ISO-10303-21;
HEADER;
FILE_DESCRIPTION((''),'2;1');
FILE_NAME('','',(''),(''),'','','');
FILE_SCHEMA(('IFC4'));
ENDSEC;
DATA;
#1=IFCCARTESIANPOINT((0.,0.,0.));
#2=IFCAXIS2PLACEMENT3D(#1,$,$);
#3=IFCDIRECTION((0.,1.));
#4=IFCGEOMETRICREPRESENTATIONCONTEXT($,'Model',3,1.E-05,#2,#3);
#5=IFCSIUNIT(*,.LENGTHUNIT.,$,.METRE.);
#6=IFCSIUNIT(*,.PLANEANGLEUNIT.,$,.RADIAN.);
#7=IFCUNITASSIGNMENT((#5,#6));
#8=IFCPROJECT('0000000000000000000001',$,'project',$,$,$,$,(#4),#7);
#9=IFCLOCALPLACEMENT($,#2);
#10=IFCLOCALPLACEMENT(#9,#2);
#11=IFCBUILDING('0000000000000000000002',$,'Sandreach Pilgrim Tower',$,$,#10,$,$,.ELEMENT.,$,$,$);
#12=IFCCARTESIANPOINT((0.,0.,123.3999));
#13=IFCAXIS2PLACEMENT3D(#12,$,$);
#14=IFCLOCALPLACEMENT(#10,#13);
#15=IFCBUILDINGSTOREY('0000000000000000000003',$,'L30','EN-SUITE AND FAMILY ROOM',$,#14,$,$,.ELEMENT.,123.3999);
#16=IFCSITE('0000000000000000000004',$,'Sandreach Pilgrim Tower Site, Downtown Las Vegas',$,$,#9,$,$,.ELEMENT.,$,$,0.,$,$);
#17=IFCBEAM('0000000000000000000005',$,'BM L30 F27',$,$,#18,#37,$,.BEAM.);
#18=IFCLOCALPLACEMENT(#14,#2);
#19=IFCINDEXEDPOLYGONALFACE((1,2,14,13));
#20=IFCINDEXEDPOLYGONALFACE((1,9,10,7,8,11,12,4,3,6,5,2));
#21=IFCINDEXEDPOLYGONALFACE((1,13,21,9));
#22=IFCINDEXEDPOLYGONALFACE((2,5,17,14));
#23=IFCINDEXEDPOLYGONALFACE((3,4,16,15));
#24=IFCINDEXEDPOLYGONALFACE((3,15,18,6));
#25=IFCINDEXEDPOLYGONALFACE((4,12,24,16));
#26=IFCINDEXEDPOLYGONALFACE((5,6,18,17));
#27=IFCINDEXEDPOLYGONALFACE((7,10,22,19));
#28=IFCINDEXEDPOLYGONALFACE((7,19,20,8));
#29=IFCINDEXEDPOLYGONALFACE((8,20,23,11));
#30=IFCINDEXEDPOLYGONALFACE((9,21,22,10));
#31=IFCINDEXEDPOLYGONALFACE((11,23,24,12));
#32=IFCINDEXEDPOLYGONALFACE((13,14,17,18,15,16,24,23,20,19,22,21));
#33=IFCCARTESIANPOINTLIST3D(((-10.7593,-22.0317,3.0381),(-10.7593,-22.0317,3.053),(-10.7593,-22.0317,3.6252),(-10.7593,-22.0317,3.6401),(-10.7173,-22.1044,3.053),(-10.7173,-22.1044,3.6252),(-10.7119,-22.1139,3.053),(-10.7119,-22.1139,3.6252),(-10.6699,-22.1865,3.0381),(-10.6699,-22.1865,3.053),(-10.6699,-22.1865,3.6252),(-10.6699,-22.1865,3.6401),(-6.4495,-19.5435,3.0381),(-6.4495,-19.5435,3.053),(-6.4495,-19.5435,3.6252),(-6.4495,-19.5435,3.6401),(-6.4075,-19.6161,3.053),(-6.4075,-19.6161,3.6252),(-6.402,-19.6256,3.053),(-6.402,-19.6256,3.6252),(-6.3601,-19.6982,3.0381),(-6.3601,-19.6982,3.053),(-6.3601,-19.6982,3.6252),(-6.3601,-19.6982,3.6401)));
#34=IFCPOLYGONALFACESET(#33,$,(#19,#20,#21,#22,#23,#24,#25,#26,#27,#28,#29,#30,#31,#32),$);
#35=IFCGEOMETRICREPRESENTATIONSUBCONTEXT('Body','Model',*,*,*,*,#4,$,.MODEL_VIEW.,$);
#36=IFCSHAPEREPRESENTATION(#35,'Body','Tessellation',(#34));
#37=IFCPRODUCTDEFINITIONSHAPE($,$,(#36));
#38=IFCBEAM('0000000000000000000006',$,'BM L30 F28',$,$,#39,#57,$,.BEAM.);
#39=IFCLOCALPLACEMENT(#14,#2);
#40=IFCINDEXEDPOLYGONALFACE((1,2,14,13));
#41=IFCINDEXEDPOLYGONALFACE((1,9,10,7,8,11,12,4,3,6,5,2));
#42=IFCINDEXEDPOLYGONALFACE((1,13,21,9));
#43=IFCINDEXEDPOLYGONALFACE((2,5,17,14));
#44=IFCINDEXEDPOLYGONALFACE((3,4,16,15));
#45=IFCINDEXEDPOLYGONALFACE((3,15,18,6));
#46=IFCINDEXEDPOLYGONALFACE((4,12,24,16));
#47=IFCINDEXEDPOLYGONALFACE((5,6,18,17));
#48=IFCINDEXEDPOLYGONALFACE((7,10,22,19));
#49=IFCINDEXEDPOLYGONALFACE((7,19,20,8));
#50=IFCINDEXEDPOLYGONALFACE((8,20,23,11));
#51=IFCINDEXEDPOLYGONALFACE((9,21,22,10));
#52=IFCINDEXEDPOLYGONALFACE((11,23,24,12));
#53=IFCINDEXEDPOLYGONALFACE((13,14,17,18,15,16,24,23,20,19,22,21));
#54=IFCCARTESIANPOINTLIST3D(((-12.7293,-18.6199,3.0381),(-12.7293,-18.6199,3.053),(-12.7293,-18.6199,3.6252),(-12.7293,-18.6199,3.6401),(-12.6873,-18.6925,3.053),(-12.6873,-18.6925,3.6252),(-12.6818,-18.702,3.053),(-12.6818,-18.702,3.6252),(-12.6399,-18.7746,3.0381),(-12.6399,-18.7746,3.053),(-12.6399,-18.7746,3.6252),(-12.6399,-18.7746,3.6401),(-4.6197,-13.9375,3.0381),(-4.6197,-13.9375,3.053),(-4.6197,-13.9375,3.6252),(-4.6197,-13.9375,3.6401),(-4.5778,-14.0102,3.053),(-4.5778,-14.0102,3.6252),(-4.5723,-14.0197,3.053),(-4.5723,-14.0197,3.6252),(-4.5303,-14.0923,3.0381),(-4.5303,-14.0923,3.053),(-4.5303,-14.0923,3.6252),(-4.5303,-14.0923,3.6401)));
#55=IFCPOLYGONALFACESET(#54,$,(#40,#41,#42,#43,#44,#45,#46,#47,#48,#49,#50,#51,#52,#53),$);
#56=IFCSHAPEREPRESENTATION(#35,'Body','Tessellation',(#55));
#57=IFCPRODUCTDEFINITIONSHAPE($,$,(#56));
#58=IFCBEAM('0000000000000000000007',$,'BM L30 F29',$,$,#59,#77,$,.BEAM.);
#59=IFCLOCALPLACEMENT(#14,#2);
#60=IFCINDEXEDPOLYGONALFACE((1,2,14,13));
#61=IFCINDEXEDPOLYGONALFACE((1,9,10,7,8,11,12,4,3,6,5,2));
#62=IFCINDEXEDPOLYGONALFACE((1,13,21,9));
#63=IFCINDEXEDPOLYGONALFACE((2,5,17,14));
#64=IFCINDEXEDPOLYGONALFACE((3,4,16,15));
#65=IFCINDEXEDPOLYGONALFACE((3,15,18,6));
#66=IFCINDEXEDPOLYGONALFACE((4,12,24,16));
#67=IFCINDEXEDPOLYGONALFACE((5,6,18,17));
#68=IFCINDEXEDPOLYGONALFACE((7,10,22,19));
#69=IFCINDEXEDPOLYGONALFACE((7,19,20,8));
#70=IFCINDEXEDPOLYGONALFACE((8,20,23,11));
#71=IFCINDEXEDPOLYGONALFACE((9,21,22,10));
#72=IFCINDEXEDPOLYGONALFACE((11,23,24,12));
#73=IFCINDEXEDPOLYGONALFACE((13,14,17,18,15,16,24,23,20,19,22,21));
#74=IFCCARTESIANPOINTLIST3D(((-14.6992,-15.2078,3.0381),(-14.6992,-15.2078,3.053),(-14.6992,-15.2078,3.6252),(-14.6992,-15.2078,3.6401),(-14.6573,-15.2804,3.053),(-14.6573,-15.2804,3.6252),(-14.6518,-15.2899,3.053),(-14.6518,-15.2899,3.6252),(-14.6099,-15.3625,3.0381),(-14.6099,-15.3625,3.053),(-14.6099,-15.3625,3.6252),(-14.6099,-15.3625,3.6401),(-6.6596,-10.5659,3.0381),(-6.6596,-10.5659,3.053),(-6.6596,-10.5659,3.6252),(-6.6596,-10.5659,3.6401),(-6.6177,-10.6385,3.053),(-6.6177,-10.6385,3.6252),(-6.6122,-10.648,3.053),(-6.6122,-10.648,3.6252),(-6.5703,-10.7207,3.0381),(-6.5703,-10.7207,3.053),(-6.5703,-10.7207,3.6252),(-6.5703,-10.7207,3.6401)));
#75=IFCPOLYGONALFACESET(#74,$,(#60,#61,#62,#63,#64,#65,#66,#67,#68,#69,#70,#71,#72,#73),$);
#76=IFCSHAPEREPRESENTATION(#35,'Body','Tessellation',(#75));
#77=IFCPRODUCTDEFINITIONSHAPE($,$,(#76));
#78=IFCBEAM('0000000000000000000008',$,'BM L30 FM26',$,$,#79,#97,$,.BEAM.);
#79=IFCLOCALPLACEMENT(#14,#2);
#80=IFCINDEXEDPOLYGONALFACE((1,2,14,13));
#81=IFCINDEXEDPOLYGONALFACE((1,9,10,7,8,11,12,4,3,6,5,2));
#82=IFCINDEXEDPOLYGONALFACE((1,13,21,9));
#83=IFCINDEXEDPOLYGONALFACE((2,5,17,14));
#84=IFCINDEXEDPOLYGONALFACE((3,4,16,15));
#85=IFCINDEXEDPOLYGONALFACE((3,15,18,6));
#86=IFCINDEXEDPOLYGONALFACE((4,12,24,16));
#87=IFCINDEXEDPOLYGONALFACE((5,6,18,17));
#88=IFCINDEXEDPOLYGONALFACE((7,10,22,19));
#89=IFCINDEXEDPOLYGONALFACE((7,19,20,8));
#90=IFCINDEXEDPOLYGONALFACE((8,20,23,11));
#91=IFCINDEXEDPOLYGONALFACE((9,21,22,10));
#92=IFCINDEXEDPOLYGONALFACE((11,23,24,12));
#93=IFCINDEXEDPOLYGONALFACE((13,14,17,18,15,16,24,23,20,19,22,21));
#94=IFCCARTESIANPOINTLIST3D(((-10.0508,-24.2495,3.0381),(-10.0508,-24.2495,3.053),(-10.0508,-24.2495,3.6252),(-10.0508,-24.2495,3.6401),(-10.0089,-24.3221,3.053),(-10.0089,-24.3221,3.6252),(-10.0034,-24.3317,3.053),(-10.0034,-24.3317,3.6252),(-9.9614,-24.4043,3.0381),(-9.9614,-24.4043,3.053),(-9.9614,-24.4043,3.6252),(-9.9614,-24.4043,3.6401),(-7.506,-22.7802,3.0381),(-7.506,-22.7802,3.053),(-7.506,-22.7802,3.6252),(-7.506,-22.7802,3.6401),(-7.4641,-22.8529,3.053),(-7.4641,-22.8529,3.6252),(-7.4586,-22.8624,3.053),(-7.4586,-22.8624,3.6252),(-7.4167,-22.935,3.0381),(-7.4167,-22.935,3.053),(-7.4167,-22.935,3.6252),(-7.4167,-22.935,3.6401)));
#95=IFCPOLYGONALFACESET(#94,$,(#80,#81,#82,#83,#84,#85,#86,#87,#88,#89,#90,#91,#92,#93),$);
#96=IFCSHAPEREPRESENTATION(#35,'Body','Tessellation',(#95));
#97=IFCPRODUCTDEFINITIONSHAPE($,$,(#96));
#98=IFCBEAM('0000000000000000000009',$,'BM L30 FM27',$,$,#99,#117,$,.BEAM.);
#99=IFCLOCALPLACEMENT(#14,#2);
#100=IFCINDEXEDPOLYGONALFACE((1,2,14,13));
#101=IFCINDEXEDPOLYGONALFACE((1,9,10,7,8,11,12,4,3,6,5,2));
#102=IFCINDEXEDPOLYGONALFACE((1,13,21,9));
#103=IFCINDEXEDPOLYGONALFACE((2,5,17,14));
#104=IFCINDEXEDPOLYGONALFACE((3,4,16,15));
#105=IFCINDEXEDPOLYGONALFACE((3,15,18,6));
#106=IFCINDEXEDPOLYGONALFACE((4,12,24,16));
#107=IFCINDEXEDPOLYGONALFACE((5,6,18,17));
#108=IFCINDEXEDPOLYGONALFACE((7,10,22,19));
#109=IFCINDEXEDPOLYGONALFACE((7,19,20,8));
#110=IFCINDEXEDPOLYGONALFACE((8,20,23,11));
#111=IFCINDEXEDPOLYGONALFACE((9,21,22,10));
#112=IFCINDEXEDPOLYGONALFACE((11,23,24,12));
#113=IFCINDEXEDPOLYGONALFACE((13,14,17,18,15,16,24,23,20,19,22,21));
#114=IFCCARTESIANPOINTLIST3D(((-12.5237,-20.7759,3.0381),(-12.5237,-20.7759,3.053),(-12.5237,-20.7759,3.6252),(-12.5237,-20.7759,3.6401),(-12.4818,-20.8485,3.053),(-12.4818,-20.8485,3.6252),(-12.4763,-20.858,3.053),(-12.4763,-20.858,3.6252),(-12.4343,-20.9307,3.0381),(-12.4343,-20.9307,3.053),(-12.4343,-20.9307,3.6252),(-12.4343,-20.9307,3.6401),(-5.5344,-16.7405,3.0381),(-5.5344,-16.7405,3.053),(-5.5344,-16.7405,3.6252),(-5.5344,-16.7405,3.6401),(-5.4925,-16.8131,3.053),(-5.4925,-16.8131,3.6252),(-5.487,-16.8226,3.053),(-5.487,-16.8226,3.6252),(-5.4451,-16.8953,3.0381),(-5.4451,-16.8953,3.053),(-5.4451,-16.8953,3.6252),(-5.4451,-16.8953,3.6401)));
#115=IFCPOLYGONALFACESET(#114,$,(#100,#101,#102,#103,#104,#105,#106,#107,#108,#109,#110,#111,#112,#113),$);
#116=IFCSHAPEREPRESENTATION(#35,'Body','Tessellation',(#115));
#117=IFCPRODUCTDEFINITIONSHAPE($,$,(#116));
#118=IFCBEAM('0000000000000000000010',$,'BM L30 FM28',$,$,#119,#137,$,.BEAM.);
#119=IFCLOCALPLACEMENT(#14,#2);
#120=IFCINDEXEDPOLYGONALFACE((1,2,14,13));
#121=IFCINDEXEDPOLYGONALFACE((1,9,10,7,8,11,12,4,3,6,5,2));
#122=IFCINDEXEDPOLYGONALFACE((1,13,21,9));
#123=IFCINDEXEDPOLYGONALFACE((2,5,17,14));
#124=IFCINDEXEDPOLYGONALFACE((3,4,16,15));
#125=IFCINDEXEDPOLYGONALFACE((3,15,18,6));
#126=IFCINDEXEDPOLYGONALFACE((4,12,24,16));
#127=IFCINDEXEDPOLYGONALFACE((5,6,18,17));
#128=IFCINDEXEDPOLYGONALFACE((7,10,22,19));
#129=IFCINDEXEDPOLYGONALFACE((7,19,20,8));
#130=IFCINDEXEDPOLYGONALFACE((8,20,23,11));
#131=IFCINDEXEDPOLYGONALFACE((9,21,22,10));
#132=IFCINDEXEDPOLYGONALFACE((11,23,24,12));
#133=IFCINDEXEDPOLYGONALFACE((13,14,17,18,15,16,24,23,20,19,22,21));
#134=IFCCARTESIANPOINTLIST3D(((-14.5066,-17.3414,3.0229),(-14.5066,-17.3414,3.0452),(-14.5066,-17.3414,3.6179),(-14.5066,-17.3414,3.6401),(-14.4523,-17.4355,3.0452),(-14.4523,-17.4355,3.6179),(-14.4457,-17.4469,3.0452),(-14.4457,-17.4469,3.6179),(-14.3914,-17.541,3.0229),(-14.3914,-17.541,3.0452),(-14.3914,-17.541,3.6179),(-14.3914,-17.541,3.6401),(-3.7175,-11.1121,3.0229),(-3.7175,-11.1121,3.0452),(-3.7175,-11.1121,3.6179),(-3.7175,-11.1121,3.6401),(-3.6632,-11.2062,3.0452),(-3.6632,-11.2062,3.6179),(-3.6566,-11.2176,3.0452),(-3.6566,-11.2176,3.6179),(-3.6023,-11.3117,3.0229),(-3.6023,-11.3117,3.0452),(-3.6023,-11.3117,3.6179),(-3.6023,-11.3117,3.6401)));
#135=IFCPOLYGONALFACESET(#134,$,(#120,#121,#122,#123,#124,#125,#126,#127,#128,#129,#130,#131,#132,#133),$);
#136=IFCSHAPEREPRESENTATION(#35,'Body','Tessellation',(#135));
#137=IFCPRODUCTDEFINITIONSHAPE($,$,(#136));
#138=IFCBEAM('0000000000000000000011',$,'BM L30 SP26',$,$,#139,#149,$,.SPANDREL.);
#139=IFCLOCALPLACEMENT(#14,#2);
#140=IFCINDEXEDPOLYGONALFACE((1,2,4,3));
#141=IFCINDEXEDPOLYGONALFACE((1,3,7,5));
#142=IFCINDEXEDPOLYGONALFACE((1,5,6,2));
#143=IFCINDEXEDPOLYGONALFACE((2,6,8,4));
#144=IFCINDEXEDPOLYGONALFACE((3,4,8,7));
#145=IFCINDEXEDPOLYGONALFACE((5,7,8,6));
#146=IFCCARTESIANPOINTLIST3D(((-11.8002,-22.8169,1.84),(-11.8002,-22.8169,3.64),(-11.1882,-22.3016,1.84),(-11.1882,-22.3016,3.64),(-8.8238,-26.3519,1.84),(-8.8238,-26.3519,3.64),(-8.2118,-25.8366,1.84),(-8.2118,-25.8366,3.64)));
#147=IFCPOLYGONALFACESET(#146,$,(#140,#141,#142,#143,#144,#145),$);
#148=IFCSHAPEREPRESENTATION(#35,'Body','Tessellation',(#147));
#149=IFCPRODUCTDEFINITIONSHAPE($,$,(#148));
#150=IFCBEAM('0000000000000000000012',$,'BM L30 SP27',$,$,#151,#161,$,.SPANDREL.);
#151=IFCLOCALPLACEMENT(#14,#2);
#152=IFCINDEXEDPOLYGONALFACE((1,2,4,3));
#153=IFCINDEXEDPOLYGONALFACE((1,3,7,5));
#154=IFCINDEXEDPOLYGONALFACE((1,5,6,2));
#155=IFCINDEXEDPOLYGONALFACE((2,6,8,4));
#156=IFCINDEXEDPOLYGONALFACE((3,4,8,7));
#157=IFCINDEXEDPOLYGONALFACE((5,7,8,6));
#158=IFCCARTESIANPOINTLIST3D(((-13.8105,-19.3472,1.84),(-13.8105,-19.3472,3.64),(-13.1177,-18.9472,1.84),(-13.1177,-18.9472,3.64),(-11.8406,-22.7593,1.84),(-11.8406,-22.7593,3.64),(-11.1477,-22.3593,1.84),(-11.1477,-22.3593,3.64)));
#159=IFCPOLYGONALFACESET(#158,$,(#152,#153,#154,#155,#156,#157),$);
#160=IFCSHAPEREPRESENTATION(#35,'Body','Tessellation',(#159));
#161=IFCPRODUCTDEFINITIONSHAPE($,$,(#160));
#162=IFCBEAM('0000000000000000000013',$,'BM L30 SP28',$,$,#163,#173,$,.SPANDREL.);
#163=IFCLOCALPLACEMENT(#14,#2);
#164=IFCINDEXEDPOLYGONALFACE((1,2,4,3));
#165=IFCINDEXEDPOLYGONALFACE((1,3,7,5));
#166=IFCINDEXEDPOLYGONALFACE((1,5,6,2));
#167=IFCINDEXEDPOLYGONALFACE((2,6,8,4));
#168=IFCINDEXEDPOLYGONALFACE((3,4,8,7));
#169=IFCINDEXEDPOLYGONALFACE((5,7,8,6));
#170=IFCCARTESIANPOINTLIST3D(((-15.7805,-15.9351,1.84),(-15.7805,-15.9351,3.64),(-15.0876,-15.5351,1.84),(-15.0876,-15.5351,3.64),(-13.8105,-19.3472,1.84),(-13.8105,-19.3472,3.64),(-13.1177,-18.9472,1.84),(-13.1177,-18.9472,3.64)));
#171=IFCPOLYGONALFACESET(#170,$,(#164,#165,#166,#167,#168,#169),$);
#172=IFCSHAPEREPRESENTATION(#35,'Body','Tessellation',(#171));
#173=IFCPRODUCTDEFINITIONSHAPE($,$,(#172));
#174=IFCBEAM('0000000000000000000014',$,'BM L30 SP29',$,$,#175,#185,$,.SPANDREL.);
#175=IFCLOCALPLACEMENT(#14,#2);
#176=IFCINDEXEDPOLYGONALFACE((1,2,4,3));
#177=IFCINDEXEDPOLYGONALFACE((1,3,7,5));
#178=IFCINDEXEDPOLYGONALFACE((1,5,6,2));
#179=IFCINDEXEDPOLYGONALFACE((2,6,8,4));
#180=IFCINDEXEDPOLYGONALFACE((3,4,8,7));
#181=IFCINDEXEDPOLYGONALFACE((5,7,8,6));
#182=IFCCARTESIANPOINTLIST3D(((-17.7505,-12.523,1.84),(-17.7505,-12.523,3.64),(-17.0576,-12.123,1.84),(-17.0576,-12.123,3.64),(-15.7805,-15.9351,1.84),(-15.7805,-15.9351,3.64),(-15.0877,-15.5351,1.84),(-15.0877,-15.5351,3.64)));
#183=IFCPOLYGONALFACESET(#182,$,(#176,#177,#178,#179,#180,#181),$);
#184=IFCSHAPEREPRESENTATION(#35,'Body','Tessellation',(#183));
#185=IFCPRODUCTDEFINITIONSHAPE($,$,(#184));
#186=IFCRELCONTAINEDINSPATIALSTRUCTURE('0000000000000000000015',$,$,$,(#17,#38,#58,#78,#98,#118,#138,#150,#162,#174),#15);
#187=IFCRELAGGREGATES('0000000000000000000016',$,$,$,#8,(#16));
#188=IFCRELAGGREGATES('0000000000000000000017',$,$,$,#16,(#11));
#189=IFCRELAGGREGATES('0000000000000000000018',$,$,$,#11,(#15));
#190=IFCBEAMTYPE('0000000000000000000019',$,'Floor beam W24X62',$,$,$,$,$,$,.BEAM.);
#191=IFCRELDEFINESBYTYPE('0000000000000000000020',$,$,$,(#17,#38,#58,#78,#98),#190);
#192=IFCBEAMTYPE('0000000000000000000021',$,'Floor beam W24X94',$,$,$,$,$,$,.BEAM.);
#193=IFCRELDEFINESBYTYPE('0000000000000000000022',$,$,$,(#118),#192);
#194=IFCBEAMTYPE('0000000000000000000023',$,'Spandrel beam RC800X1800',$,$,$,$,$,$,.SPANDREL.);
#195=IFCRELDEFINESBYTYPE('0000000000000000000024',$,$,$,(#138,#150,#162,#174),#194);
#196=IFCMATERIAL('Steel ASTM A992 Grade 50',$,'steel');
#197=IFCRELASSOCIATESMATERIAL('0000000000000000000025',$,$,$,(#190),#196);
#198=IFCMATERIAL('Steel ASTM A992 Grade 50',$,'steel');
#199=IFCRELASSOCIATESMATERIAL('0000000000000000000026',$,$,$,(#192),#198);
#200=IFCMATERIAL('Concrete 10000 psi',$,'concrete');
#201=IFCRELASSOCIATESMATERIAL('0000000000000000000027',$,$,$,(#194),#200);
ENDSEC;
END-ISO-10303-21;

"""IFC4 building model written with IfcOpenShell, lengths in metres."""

from ifc_helpers import new_model, si_unit, direction, frame, origin, origin_2d, place, context, subcontext, project, spatial, rectangle, i_section, extrude, material, material_profile, profile_set, type_object, element, save


model = new_model("IFC4")

# Units and contexts
model_context = context("Model", 3, precision=1e-05, world=origin(), true_north=direction((0.0, 1.0)))
body_context = subcontext(model_context, "Body", "Model", "MODEL_VIEW")
ifc_project = project(units=[si_unit("LENGTHUNIT", "METRE"), si_unit("PLANEANGLEUNIT", "RADIAN")], contexts=[model_context])

# Site, building, storey
site_placement = place(None, origin())
site = spatial("IfcSite", under=ifc_project, at=site_placement, Name="Sandreach Pilgrim Tower Site, Downtown Las Vegas", CompositionType="ELEMENT", RefElevation=0.0)
building_placement = place(site_placement, origin())
building = spatial("IfcBuilding", under=site, at=building_placement, Name="Sandreach Pilgrim Tower", CompositionType="ELEMENT")
storey_placement = place(building_placement, frame((0.0, 0.0, 123.3999)))
storey = spatial("IfcBuildingStorey", under=building, at=storey_placement, Name="L30", Description="EN-SUITE AND FAMILY ROOM", CompositionType="ELEMENT", Elevation=123.3999)

# Beams
ifc_material_1 = material(Name="Steel ASTM A992 Grade 50", Category="steel")
ifc_material_profile_1 = material_profile(ifc_material_1, i_section(OverallWidth=0.1787, OverallDepth=0.6021, WebThickness=0.011, FlangeThickness=0.0149, at=origin_2d()), Name="W24X62")
ifc_profile_set_1 = profile_set([ifc_material_profile_1], Name="Steel ASTM A992 Grade 50")
beam_type_1 = type_object("IfcBeamType", Name="Floor beam W24X62", PredefinedType="BEAM", material=ifc_profile_set_1)
beam_1_placement = place(storey_placement, frame((-10.7146, -22.1091, 3.3391), z_axis=(0.866025, 0.500001, 0.0), x_axis=(-0.500001, 0.866025, 0.0)))
element("IfcBeam", 1, at=beam_1_placement, inside=storey, type_object=beam_type_1, Name="BM L30 F27", PredefinedType="BEAM", context=body_context, shape_type="SweptSolid", body=[
    extrude(i_section(OverallWidth=0.1787, OverallDepth=0.6021, WebThickness=0.011, FlangeThickness=0.0149, at=origin_2d()), origin(), (0.0, 0.0, 1.0), 4.9766),
])
beam_2_placement = place(storey_placement, frame((-12.6846, -18.6973, 3.3391), z_axis=(0.866012, 0.500023, 0.0), x_axis=(-0.500023, 0.866012, 0.0)))
element("IfcBeam", 2, at=beam_2_placement, inside=storey, type_object=beam_type_1, Name="BM L30 F28", PredefinedType="BEAM", context=body_context, shape_type="SweptSolid", body=[
    extrude(i_section(OverallWidth=0.1787, OverallDepth=0.6021, WebThickness=0.011, FlangeThickness=0.0149, at=origin_2d()), origin(), (0.0, 0.0, 1.0), 9.3643),
])
beam_3_placement = place(storey_placement, frame((-14.6545, -15.2852, 3.3391), z_axis=(0.866016, 0.500017, 0.0), x_axis=(-0.500017, 0.866016, 0.0)))
element("IfcBeam", 3, at=beam_3_placement, inside=storey, type_object=beam_type_1, Name="BM L30 F29", PredefinedType="BEAM", context=body_context, shape_type="SweptSolid", body=[
    extrude(i_section(OverallWidth=0.1787, OverallDepth=0.6021, WebThickness=0.011, FlangeThickness=0.0149, at=origin_2d()), origin(), (0.0, 0.0, 1.0), 9.2834),
])
beam_4_placement = place(storey_placement, frame((-10.0061, -24.3269, 3.3391), z_axis=(0.866015, 0.500017, 0.0), x_axis=(-0.500017, 0.866015, 0.0)))
element("IfcBeam", 4, at=beam_4_placement, inside=storey, type_object=beam_type_1, Name="BM L30 FM26", PredefinedType="BEAM", context=body_context, shape_type="SweptSolid", body=[
    extrude(i_section(OverallWidth=0.1787, OverallDepth=0.6021, WebThickness=0.011, FlangeThickness=0.0149, at=origin_2d()), origin(), (0.0, 0.0, 1.0), 2.9385),
])
beam_5_placement = place(storey_placement, frame((-12.479, -20.8533, 3.3391), z_axis=(0.866017, 0.500014, 0.0), x_axis=(-0.500014, 0.866017, 0.0)))
element("IfcBeam", 5, at=beam_5_placement, inside=storey, type_object=beam_type_1, Name="BM L30 FM27", PredefinedType="BEAM", context=body_context, shape_type="SweptSolid", body=[
    extrude(i_section(OverallWidth=0.1787, OverallDepth=0.6021, WebThickness=0.011, FlangeThickness=0.0149, at=origin_2d()), origin(), (0.0, 0.0, 1.0), 8.0706),
])
ifc_material_2 = material(Name="Steel ASTM A992 Grade 50", Category="steel")
ifc_material_profile_2 = material_profile(ifc_material_2, i_section(OverallWidth=0.2305, OverallDepth=0.6172, WebThickness=0.0132, FlangeThickness=0.0222, at=origin_2d()), Name="W24X94")
ifc_profile_set_2 = profile_set([ifc_material_profile_2], Name="Steel ASTM A992 Grade 50")
beam_type_2 = type_object("IfcBeamType", Name="Floor beam W24X94", PredefinedType="BEAM", material=ifc_profile_set_2)
beam_6_placement = place(storey_placement, frame((-14.449, -17.4412, 3.3315), z_axis=(0.866019, 0.500011, 0.0), x_axis=(-0.500011, 0.866019, 0.0)))
element("IfcBeam", 6, at=beam_6_placement, inside=storey, type_object=beam_type_2, Name="BM L30 FM28", PredefinedType="BEAM", context=body_context, shape_type="SweptSolid", body=[
    extrude(i_section(OverallWidth=0.2305, OverallDepth=0.6172, WebThickness=0.0132, FlangeThickness=0.0222, at=origin_2d()), origin(), (0.0, 0.0, 1.0), 12.4583),
])
ifc_material_3 = material(Name="Concrete 10000 psi", Category="concrete")
ifc_material_profile_3 = material_profile(ifc_material_3, rectangle(XDim=0.8, YDim=1.8, at=origin_2d()), Name="RC800X1800")
ifc_profile_set_3 = profile_set([ifc_material_profile_3], Name="Concrete 10000 psi")
beam_type_3 = type_object("IfcBeamType", Name="Spandrel beam RC800X1800", PredefinedType="SPANDREL", material=ifc_profile_set_3)
beam_7_placement = place(storey_placement, frame((-8.5178, -26.0942, 2.74), z_axis=(-0.644079, 0.764959, 0.0), x_axis=(-0.764959, -0.644079, 0.0)))
element("IfcBeam", 7, at=beam_7_placement, inside=storey, type_object=beam_type_3, Name="BM L30 SP26", PredefinedType="SPANDREL", context=body_context, shape_type="SweptSolid", body=[
    extrude(rectangle(XDim=0.8, YDim=1.8, at=origin_2d()), origin(), (0.0, 0.0, 1.0), 4.6211),
])
for number, where, z_axis, x_axis, name in (
    (8, (-11.4941, -22.5593, 2.74), (-0.499998, 0.866027, 0.0), (-0.866027, -0.499998, 0.0), "BM L30 SP27"),
    (9, (-13.4641, -19.1472, 2.74), (-0.499998, 0.866027, 0.0), (-0.866027, -0.499998, 0.0), "BM L30 SP28"),
    (10, (-15.4341, -15.7351, 2.74), (-0.499998, 0.866027, 0.0), (-0.866027, -0.499998, 0.0), "BM L30 SP29"),
):
    element("IfcBeam", number, at=place(storey_placement, frame(where, z_axis=z_axis, x_axis=x_axis)), inside=storey, type_object=beam_type_3, Name=name, PredefinedType="SPANDREL", context=body_context, shape_type="SweptSolid", body=[
        extrude(rectangle(XDim=0.8, YDim=1.8, at=origin_2d()), origin(), (0.0, 0.0, 1.0), 3.9399),
    ])

save(model, "model.ifc")
